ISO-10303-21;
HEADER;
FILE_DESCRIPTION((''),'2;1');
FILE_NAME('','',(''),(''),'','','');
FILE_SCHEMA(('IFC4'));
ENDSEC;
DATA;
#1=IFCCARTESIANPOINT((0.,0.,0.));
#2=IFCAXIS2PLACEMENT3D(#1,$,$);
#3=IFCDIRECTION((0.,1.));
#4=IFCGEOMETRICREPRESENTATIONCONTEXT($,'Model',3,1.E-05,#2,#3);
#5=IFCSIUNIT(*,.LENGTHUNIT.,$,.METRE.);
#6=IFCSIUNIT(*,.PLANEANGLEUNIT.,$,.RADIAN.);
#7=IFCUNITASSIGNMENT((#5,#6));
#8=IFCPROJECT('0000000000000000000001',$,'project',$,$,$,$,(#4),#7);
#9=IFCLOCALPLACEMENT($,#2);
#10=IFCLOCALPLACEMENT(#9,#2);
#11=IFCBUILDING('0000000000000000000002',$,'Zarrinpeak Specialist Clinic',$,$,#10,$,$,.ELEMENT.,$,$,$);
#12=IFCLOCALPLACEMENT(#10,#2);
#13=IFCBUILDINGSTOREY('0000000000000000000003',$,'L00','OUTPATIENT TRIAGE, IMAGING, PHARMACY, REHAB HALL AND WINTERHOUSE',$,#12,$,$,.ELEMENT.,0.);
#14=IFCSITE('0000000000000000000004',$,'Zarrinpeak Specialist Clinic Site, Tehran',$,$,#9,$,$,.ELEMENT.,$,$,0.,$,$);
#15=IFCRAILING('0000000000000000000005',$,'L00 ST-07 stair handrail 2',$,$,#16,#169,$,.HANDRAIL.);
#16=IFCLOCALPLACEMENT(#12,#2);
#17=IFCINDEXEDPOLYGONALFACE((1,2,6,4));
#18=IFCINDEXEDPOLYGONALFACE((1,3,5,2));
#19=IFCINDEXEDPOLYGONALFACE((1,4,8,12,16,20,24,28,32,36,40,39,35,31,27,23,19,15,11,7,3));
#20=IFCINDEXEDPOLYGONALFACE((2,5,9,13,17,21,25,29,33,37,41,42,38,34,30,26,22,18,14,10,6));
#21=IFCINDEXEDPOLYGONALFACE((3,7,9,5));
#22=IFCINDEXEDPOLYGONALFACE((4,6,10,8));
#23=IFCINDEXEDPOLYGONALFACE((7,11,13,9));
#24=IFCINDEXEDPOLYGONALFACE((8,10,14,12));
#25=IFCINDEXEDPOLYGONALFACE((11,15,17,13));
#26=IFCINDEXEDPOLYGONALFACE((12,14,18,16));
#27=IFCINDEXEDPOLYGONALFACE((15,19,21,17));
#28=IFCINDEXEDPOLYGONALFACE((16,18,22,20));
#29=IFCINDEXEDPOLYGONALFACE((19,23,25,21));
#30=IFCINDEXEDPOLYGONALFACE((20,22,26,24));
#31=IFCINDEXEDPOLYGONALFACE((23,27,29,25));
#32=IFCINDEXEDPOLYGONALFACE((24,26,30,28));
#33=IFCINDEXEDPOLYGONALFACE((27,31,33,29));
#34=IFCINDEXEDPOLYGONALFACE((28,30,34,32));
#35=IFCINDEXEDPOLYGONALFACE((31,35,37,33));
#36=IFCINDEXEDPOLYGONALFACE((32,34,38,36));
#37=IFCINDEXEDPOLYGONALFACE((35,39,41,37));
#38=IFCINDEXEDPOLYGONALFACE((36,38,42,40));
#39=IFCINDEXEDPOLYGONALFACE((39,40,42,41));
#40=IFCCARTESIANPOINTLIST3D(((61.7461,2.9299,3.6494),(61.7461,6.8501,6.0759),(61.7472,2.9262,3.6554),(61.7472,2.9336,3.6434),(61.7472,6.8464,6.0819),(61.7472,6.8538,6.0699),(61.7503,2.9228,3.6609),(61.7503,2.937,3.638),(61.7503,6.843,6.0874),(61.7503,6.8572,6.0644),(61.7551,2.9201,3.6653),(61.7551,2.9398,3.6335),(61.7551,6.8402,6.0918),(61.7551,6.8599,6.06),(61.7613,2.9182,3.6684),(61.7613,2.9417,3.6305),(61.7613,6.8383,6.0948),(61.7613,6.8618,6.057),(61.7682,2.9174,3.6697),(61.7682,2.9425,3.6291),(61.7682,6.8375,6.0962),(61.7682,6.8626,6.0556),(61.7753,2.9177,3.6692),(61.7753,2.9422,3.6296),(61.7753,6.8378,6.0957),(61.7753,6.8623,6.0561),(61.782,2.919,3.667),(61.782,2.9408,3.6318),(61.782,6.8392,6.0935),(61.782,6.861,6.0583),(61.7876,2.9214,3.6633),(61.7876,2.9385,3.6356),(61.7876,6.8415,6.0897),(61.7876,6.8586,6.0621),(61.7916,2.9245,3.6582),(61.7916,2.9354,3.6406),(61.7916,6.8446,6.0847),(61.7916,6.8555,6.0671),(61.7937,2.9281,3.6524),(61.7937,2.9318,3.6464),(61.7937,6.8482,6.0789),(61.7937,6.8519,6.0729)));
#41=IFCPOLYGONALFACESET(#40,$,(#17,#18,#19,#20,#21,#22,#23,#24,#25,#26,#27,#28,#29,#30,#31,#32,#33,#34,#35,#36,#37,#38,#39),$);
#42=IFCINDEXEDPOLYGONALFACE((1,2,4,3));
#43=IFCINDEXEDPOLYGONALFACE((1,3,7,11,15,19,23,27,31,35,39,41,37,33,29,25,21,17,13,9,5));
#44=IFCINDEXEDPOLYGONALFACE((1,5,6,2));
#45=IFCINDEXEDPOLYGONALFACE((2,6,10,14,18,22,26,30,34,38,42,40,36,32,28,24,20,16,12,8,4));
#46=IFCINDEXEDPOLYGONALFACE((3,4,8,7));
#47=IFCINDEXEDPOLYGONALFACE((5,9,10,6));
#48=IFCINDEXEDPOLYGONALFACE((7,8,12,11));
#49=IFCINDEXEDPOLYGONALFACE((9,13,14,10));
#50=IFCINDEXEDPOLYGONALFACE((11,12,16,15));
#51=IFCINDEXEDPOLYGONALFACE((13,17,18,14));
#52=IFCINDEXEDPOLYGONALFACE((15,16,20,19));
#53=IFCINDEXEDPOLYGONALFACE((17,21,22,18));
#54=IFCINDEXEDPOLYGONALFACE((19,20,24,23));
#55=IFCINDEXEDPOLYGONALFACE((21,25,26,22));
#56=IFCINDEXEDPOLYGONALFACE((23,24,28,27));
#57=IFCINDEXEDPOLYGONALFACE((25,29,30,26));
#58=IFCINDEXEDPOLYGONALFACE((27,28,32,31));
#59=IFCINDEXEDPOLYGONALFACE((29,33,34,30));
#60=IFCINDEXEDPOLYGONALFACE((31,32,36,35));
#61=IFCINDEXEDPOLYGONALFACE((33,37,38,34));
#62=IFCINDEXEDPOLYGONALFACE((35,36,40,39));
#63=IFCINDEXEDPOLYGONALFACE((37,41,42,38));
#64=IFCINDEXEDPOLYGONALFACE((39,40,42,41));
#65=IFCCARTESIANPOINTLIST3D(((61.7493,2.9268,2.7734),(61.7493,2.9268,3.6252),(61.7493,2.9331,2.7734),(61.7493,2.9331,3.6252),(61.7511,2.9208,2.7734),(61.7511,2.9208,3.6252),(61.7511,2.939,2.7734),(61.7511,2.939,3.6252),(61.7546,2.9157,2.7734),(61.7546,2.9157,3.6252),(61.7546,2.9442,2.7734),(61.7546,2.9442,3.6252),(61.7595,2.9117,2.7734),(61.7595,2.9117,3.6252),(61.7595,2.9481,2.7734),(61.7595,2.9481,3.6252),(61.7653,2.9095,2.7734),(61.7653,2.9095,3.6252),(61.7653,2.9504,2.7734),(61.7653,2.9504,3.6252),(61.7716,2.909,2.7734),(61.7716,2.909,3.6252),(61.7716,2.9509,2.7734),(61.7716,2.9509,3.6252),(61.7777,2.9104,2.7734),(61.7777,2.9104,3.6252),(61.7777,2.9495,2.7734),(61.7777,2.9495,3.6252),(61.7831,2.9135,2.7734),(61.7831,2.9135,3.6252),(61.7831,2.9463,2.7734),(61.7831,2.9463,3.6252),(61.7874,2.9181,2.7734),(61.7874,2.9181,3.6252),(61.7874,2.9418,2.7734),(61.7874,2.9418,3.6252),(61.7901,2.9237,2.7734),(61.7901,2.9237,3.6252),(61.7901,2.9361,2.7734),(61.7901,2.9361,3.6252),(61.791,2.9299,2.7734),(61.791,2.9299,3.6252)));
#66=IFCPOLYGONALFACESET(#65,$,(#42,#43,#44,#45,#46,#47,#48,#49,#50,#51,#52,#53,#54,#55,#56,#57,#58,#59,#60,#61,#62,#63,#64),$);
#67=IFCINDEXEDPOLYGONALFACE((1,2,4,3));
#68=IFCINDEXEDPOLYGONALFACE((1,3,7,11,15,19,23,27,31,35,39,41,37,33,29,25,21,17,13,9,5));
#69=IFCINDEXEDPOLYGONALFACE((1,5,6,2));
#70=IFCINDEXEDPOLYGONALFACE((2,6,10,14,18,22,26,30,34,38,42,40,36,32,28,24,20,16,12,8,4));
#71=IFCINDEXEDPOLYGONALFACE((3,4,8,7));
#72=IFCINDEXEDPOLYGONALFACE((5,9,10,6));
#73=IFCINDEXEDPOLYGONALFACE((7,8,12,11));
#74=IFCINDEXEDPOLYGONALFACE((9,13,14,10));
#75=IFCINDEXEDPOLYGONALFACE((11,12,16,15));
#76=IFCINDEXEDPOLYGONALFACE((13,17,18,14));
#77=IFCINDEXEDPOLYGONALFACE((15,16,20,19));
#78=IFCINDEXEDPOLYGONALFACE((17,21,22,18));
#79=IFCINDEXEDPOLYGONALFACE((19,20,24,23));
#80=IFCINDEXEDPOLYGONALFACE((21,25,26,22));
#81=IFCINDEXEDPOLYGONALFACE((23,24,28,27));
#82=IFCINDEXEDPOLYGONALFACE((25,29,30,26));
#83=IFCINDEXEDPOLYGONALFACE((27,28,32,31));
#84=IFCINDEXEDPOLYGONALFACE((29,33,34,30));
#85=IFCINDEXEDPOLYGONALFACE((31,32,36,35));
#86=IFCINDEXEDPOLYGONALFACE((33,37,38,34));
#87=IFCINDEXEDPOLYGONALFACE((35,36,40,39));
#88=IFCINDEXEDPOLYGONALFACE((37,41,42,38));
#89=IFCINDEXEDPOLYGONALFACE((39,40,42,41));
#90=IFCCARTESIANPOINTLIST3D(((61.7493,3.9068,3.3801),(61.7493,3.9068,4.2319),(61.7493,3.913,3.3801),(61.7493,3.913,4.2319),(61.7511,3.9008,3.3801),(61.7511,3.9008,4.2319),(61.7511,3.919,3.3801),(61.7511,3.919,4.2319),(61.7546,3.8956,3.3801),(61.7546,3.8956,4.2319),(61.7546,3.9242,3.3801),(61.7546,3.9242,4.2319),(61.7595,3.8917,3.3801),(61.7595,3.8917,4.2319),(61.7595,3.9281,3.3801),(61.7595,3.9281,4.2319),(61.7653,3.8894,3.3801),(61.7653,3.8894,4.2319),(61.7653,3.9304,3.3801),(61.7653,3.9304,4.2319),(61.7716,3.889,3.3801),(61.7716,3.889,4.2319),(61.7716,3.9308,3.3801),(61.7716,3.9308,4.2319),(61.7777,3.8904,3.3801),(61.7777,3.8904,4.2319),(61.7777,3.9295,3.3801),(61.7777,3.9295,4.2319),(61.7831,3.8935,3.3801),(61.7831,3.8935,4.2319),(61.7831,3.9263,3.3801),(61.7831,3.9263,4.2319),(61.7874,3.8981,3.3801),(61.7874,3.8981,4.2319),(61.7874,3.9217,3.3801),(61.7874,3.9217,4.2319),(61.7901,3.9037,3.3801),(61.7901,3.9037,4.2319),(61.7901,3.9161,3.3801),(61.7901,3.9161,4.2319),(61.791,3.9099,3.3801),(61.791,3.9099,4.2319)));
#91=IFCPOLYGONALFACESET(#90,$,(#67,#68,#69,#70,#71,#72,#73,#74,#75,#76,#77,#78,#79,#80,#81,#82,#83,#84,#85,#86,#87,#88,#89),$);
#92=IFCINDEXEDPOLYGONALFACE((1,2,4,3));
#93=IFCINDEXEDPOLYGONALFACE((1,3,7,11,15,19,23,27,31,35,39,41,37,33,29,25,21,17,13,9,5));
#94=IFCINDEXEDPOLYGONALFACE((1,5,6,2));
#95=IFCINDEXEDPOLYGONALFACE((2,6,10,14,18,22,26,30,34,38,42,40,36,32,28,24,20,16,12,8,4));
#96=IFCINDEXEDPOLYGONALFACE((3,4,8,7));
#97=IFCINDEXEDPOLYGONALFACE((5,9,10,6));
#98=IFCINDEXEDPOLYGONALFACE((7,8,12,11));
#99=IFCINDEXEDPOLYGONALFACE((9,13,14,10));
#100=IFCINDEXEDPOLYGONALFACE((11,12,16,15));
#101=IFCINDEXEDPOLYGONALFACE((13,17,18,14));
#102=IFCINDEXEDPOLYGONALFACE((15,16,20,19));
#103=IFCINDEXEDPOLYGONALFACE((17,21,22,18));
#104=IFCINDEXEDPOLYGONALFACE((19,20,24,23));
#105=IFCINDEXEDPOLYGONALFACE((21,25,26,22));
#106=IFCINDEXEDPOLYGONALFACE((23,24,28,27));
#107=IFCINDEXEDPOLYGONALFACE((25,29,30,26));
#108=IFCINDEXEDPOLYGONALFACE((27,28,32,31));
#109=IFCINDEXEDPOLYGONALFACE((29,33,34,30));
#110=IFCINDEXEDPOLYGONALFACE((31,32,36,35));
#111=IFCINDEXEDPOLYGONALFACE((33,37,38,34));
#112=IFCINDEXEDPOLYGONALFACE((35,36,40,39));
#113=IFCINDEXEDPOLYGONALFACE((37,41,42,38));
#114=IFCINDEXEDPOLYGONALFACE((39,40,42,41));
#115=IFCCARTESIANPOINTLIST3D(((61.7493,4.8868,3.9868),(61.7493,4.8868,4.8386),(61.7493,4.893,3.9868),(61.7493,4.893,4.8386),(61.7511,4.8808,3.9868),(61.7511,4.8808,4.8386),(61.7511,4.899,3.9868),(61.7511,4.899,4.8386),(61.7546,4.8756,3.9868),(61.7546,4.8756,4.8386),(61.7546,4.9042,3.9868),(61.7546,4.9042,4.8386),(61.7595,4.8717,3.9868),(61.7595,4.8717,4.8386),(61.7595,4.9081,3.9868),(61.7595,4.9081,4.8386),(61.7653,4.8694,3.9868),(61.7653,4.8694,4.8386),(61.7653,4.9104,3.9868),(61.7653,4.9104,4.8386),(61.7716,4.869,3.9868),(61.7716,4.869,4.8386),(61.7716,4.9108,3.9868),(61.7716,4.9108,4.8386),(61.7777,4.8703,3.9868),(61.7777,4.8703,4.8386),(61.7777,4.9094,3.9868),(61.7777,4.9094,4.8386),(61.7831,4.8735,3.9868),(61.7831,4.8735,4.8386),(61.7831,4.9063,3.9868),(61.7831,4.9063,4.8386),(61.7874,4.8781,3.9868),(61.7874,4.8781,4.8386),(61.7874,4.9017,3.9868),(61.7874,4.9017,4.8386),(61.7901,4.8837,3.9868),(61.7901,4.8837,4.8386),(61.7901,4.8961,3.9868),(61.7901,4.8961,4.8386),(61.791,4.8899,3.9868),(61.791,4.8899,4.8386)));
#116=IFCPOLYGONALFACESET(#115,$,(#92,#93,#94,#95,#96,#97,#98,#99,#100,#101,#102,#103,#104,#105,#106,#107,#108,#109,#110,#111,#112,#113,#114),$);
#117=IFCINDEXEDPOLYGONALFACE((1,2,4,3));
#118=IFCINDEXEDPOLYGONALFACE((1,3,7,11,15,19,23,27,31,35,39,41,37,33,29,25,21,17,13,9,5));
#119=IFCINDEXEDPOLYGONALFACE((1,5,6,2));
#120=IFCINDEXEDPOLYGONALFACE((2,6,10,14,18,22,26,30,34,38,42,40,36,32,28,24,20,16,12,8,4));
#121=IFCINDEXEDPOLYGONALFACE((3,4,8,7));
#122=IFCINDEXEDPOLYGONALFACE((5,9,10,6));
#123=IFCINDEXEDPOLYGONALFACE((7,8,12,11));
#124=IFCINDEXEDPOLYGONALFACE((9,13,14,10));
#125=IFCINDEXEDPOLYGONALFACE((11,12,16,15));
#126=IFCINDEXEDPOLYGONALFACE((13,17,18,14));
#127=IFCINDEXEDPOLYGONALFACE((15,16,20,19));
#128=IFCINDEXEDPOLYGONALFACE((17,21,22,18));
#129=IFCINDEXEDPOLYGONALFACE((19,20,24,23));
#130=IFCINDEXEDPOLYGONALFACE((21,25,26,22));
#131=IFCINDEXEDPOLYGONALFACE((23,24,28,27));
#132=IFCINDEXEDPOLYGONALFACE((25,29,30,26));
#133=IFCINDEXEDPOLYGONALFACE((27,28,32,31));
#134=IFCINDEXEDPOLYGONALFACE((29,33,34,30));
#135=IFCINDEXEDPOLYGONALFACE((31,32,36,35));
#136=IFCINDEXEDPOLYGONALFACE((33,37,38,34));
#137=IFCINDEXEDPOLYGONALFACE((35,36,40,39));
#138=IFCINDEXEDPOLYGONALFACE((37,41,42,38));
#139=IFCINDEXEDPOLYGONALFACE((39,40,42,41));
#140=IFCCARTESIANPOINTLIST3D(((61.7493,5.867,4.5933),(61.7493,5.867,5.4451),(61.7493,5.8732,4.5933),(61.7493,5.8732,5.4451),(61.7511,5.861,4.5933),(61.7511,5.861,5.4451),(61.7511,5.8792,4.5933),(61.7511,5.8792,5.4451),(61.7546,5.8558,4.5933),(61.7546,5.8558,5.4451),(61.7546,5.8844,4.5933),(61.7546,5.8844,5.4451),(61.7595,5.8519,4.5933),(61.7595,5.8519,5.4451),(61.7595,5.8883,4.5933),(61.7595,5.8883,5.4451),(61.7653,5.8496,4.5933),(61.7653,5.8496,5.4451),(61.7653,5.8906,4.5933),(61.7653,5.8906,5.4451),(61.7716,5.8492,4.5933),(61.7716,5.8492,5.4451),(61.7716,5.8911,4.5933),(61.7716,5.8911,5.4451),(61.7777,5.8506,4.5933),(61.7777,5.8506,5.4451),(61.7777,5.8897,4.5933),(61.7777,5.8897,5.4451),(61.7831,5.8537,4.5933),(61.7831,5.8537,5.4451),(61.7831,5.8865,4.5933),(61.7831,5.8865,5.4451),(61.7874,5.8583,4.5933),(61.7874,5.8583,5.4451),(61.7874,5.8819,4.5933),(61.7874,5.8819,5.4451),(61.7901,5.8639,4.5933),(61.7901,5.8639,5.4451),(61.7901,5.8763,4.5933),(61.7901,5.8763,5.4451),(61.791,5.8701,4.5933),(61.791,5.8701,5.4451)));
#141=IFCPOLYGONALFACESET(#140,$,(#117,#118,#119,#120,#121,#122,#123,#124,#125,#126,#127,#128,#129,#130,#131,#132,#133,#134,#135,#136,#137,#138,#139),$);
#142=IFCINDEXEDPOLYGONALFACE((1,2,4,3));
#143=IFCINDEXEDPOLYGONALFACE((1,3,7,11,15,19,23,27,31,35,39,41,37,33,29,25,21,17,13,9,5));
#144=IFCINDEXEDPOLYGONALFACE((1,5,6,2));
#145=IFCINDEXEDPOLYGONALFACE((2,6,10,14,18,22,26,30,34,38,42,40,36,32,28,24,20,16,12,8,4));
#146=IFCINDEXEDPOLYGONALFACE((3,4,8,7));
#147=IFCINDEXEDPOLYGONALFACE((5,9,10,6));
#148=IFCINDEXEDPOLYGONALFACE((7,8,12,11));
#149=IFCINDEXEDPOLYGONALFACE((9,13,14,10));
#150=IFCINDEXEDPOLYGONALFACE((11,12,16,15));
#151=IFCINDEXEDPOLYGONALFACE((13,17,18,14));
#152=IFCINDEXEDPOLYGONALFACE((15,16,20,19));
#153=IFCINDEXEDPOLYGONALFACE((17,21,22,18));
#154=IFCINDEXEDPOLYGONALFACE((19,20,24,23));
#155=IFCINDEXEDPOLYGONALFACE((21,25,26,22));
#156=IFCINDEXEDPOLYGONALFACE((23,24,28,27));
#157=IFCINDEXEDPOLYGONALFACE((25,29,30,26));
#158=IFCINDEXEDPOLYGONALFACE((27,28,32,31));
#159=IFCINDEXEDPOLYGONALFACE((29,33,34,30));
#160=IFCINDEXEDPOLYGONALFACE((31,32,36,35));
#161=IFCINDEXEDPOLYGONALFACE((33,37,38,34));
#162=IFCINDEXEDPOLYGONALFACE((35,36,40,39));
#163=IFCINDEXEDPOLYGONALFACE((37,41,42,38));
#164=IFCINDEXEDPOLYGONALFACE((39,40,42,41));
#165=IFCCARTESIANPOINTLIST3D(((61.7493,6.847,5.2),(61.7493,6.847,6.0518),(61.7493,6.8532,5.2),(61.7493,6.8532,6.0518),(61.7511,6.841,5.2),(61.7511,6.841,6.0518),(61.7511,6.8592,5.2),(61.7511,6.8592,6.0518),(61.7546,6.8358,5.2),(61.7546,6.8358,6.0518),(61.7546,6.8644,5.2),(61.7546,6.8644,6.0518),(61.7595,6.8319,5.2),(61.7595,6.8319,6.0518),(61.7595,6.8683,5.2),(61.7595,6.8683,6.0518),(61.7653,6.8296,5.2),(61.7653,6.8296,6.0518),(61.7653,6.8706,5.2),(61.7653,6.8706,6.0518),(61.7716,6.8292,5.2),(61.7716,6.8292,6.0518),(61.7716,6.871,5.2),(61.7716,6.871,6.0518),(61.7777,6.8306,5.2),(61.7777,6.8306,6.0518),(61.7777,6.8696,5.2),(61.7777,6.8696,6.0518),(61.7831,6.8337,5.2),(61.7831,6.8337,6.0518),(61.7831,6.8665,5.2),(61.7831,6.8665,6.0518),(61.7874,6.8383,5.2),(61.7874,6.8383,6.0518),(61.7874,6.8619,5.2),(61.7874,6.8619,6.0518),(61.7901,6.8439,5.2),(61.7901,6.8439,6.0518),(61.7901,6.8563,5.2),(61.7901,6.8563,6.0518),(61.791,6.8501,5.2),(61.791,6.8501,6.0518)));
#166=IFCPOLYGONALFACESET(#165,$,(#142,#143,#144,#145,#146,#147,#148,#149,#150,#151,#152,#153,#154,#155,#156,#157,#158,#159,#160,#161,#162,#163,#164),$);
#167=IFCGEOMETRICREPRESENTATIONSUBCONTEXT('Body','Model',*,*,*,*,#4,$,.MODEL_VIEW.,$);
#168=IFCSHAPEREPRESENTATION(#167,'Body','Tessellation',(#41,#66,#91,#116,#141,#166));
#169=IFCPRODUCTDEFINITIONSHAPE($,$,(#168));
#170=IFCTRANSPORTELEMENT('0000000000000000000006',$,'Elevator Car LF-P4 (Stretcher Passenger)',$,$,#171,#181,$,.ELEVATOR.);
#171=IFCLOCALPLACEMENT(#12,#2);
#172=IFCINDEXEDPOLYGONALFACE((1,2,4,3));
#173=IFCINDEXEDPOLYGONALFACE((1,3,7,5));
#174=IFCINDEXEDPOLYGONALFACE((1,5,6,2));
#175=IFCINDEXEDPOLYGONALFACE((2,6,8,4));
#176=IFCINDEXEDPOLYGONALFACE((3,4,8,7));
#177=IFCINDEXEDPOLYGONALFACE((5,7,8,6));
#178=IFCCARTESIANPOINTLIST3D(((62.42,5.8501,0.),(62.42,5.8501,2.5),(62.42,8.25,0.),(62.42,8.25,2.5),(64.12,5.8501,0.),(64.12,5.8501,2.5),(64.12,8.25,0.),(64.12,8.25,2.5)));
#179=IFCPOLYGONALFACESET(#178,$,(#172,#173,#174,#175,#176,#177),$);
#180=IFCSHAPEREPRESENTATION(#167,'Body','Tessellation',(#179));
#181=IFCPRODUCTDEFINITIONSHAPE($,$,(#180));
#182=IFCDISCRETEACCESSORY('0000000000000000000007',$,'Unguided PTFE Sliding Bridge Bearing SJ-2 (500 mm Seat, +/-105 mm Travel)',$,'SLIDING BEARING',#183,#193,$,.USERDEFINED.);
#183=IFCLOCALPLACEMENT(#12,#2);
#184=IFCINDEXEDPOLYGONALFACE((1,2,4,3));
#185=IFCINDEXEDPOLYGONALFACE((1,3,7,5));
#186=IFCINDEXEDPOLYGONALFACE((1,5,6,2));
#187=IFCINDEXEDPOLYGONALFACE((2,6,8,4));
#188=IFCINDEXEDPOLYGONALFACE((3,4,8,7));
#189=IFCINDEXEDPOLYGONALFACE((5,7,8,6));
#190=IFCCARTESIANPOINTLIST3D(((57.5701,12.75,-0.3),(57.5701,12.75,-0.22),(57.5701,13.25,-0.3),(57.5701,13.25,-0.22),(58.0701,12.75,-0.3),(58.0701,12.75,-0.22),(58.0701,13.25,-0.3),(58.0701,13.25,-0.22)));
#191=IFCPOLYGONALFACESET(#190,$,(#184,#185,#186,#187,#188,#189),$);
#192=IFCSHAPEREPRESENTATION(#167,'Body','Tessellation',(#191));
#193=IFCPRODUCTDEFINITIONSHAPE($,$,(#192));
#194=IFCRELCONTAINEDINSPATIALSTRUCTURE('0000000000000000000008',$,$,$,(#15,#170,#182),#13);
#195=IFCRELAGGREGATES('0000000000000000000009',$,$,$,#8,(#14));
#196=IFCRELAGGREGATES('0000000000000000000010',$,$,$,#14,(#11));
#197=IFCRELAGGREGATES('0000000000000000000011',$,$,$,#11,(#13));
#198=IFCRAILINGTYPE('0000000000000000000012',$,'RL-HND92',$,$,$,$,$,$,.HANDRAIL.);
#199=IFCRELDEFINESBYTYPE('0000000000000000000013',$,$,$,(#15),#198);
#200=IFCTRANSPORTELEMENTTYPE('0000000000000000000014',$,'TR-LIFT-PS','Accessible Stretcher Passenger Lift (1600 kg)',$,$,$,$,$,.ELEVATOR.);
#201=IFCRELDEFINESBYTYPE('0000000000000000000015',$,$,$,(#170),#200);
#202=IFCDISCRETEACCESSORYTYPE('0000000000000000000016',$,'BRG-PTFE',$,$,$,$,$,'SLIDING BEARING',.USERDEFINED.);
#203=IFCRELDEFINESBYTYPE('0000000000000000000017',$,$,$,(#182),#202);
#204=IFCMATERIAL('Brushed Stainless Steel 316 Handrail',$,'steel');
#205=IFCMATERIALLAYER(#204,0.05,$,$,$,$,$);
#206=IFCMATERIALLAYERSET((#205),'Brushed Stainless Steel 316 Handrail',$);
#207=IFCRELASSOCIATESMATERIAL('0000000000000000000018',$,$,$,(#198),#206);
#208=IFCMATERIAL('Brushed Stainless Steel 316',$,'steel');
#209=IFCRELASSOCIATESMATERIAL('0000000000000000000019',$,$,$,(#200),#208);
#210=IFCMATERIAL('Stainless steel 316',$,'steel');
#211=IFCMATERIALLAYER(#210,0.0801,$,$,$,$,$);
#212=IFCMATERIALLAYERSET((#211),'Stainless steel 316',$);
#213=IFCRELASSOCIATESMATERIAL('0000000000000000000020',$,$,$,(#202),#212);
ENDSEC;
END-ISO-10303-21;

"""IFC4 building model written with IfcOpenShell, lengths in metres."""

from ifc_helpers import new_model, si_unit, direction, frame, origin, origin_2d, place, context, subcontext, project, spatial, rectangle, circle, extrude, material, layer, layer_set, type_object, element, save


model = new_model("IFC4")

# Units and contexts
model_context = context("Model", 3, precision=1e-05, world=origin(), true_north=direction((0.0, 1.0)))
body_context = subcontext(model_context, "Body", "Model", "MODEL_VIEW")
ifc_project = project(units=[si_unit("LENGTHUNIT", "METRE"), si_unit("PLANEANGLEUNIT", "RADIAN")], contexts=[model_context])

# Site, building, storey
site_placement = place(None, origin())
site = spatial("IfcSite", under=ifc_project, at=site_placement, Name="Zarrinpeak Specialist Clinic Site, Tehran", CompositionType="ELEMENT", RefElevation=0.0)
building_placement = place(site_placement, origin())
building = spatial("IfcBuilding", under=site, at=building_placement, Name="Zarrinpeak Specialist Clinic", CompositionType="ELEMENT")
storey_placement = place(building_placement, origin())
storey = spatial("IfcBuildingStorey", under=building, at=storey_placement, Name="L00", Description="OUTPATIENT TRIAGE, IMAGING, PHARMACY, REHAB HALL AND WINTERHOUSE", CompositionType="ELEMENT", Elevation=0.0)

# Railing
ifc_material_1 = material(Name="Brushed Stainless Steel 316 Handrail", Category="steel")
ifc_layer_1 = layer(ifc_material_1, 0.05)
ifc_layer_set_1 = layer_set([ifc_layer_1], Name="Brushed Stainless Steel 316 Handrail")
railing_type_1 = type_object("IfcRailingType", Name="RL-HND92", PredefinedType="HANDRAIL", material=ifc_layer_set_1)
railing_1_placement = place(storey_placement, frame((61.77, 2.9299, 2.7734)))
element("IfcRailing", 1, at=railing_1_placement, inside=storey, type_object=railing_type_1, Name="L00 ST-07 stair handrail 2", PredefinedType="HANDRAIL", context=body_context, shape_type="SweptSolid", body=[
    extrude(circle(Radius=0.0239, at=origin_2d()), frame((0.0, 0.0, 0.876), z_axis=(0.0, 0.85029, 0.526315), x_axis=(-1.0, 0.0, 0.0)), (0.0, 0.0, 1.0), 4.6104),
    extrude(circle(Radius=0.021, at=origin_2d()), origin(), (0.0, 0.0, 1.0), 0.8518),
    extrude(circle(Radius=0.021, at=origin_2d()), frame((0.0, 0.98, 0.6067)), (0.0, 0.0, 1.0), 0.8518),
    extrude(circle(Radius=0.021, at=origin_2d()), frame((0.0, 1.96, 1.2134)), (0.0, 0.0, 1.0), 0.8518),
    extrude(circle(Radius=0.021, at=origin_2d()), frame((0.0, 2.9402, 1.8198)), (0.0, 0.0, 1.0), 0.8518),
    extrude(circle(Radius=0.021, at=origin_2d()), frame((0.0, 3.9202, 2.4265)), (0.0, 0.0, 1.0), 0.8518),
])

# Transport element
ifc_material_2 = material(Name="Brushed Stainless Steel 316", Category="steel")
transport_element_type = type_object("IfcTransportElementType", Name="TR-LIFT-PS", Description="Accessible Stretcher Passenger Lift (1600 kg)", PredefinedType="ELEVATOR", material=ifc_material_2)
transport_element_placement = place(storey_placement, frame((63.27, 7.05, 0.0), z_axis=(0.0, 0.0, 1.0), x_axis=(1.0, 0.0, 0.0)))
element("IfcTransportElement", 2, at=transport_element_placement, inside=storey, type_object=transport_element_type, Name="Elevator Car LF-P4 (Stretcher Passenger)", PredefinedType="ELEVATOR", context=body_context, shape_type="SweptSolid", body=[
    extrude(rectangle(XDim=1.7, YDim=2.3999, at=origin_2d()), origin(), (0.0, 0.0, 1.0), 2.5),
])

# Discrete accessory
ifc_material_3 = material(Name="Stainless steel 316", Category="steel")
ifc_layer_2 = layer(ifc_material_3, 0.0801)
ifc_layer_set_2 = layer_set([ifc_layer_2], Name="Stainless steel 316")
discrete_accessory_type = type_object("IfcDiscreteAccessoryType", Name="BRG-PTFE", ElementType="SLIDING BEARING", PredefinedType="USERDEFINED", material=ifc_layer_set_2)
discrete_accessory_placement = place(storey_placement, frame((57.8201, 13.0, -0.3), z_axis=(0.0, 0.0, 1.0), x_axis=(1.0, 0.0, 0.0)))
element("IfcDiscreteAccessory", 3, at=discrete_accessory_placement, inside=storey, type_object=discrete_accessory_type, Name="Unguided PTFE Sliding Bridge Bearing SJ-2 (500 mm Seat, +/-105 mm Travel)", ObjectType="SLIDING BEARING", PredefinedType="USERDEFINED", context=body_context, shape_type="SweptSolid", body=[
    extrude(rectangle(XDim=0.5, YDim=0.5, at=origin_2d()), origin(), (0.0, 0.0, 1.0), 0.0801),
])

save(model, "model.ifc")
